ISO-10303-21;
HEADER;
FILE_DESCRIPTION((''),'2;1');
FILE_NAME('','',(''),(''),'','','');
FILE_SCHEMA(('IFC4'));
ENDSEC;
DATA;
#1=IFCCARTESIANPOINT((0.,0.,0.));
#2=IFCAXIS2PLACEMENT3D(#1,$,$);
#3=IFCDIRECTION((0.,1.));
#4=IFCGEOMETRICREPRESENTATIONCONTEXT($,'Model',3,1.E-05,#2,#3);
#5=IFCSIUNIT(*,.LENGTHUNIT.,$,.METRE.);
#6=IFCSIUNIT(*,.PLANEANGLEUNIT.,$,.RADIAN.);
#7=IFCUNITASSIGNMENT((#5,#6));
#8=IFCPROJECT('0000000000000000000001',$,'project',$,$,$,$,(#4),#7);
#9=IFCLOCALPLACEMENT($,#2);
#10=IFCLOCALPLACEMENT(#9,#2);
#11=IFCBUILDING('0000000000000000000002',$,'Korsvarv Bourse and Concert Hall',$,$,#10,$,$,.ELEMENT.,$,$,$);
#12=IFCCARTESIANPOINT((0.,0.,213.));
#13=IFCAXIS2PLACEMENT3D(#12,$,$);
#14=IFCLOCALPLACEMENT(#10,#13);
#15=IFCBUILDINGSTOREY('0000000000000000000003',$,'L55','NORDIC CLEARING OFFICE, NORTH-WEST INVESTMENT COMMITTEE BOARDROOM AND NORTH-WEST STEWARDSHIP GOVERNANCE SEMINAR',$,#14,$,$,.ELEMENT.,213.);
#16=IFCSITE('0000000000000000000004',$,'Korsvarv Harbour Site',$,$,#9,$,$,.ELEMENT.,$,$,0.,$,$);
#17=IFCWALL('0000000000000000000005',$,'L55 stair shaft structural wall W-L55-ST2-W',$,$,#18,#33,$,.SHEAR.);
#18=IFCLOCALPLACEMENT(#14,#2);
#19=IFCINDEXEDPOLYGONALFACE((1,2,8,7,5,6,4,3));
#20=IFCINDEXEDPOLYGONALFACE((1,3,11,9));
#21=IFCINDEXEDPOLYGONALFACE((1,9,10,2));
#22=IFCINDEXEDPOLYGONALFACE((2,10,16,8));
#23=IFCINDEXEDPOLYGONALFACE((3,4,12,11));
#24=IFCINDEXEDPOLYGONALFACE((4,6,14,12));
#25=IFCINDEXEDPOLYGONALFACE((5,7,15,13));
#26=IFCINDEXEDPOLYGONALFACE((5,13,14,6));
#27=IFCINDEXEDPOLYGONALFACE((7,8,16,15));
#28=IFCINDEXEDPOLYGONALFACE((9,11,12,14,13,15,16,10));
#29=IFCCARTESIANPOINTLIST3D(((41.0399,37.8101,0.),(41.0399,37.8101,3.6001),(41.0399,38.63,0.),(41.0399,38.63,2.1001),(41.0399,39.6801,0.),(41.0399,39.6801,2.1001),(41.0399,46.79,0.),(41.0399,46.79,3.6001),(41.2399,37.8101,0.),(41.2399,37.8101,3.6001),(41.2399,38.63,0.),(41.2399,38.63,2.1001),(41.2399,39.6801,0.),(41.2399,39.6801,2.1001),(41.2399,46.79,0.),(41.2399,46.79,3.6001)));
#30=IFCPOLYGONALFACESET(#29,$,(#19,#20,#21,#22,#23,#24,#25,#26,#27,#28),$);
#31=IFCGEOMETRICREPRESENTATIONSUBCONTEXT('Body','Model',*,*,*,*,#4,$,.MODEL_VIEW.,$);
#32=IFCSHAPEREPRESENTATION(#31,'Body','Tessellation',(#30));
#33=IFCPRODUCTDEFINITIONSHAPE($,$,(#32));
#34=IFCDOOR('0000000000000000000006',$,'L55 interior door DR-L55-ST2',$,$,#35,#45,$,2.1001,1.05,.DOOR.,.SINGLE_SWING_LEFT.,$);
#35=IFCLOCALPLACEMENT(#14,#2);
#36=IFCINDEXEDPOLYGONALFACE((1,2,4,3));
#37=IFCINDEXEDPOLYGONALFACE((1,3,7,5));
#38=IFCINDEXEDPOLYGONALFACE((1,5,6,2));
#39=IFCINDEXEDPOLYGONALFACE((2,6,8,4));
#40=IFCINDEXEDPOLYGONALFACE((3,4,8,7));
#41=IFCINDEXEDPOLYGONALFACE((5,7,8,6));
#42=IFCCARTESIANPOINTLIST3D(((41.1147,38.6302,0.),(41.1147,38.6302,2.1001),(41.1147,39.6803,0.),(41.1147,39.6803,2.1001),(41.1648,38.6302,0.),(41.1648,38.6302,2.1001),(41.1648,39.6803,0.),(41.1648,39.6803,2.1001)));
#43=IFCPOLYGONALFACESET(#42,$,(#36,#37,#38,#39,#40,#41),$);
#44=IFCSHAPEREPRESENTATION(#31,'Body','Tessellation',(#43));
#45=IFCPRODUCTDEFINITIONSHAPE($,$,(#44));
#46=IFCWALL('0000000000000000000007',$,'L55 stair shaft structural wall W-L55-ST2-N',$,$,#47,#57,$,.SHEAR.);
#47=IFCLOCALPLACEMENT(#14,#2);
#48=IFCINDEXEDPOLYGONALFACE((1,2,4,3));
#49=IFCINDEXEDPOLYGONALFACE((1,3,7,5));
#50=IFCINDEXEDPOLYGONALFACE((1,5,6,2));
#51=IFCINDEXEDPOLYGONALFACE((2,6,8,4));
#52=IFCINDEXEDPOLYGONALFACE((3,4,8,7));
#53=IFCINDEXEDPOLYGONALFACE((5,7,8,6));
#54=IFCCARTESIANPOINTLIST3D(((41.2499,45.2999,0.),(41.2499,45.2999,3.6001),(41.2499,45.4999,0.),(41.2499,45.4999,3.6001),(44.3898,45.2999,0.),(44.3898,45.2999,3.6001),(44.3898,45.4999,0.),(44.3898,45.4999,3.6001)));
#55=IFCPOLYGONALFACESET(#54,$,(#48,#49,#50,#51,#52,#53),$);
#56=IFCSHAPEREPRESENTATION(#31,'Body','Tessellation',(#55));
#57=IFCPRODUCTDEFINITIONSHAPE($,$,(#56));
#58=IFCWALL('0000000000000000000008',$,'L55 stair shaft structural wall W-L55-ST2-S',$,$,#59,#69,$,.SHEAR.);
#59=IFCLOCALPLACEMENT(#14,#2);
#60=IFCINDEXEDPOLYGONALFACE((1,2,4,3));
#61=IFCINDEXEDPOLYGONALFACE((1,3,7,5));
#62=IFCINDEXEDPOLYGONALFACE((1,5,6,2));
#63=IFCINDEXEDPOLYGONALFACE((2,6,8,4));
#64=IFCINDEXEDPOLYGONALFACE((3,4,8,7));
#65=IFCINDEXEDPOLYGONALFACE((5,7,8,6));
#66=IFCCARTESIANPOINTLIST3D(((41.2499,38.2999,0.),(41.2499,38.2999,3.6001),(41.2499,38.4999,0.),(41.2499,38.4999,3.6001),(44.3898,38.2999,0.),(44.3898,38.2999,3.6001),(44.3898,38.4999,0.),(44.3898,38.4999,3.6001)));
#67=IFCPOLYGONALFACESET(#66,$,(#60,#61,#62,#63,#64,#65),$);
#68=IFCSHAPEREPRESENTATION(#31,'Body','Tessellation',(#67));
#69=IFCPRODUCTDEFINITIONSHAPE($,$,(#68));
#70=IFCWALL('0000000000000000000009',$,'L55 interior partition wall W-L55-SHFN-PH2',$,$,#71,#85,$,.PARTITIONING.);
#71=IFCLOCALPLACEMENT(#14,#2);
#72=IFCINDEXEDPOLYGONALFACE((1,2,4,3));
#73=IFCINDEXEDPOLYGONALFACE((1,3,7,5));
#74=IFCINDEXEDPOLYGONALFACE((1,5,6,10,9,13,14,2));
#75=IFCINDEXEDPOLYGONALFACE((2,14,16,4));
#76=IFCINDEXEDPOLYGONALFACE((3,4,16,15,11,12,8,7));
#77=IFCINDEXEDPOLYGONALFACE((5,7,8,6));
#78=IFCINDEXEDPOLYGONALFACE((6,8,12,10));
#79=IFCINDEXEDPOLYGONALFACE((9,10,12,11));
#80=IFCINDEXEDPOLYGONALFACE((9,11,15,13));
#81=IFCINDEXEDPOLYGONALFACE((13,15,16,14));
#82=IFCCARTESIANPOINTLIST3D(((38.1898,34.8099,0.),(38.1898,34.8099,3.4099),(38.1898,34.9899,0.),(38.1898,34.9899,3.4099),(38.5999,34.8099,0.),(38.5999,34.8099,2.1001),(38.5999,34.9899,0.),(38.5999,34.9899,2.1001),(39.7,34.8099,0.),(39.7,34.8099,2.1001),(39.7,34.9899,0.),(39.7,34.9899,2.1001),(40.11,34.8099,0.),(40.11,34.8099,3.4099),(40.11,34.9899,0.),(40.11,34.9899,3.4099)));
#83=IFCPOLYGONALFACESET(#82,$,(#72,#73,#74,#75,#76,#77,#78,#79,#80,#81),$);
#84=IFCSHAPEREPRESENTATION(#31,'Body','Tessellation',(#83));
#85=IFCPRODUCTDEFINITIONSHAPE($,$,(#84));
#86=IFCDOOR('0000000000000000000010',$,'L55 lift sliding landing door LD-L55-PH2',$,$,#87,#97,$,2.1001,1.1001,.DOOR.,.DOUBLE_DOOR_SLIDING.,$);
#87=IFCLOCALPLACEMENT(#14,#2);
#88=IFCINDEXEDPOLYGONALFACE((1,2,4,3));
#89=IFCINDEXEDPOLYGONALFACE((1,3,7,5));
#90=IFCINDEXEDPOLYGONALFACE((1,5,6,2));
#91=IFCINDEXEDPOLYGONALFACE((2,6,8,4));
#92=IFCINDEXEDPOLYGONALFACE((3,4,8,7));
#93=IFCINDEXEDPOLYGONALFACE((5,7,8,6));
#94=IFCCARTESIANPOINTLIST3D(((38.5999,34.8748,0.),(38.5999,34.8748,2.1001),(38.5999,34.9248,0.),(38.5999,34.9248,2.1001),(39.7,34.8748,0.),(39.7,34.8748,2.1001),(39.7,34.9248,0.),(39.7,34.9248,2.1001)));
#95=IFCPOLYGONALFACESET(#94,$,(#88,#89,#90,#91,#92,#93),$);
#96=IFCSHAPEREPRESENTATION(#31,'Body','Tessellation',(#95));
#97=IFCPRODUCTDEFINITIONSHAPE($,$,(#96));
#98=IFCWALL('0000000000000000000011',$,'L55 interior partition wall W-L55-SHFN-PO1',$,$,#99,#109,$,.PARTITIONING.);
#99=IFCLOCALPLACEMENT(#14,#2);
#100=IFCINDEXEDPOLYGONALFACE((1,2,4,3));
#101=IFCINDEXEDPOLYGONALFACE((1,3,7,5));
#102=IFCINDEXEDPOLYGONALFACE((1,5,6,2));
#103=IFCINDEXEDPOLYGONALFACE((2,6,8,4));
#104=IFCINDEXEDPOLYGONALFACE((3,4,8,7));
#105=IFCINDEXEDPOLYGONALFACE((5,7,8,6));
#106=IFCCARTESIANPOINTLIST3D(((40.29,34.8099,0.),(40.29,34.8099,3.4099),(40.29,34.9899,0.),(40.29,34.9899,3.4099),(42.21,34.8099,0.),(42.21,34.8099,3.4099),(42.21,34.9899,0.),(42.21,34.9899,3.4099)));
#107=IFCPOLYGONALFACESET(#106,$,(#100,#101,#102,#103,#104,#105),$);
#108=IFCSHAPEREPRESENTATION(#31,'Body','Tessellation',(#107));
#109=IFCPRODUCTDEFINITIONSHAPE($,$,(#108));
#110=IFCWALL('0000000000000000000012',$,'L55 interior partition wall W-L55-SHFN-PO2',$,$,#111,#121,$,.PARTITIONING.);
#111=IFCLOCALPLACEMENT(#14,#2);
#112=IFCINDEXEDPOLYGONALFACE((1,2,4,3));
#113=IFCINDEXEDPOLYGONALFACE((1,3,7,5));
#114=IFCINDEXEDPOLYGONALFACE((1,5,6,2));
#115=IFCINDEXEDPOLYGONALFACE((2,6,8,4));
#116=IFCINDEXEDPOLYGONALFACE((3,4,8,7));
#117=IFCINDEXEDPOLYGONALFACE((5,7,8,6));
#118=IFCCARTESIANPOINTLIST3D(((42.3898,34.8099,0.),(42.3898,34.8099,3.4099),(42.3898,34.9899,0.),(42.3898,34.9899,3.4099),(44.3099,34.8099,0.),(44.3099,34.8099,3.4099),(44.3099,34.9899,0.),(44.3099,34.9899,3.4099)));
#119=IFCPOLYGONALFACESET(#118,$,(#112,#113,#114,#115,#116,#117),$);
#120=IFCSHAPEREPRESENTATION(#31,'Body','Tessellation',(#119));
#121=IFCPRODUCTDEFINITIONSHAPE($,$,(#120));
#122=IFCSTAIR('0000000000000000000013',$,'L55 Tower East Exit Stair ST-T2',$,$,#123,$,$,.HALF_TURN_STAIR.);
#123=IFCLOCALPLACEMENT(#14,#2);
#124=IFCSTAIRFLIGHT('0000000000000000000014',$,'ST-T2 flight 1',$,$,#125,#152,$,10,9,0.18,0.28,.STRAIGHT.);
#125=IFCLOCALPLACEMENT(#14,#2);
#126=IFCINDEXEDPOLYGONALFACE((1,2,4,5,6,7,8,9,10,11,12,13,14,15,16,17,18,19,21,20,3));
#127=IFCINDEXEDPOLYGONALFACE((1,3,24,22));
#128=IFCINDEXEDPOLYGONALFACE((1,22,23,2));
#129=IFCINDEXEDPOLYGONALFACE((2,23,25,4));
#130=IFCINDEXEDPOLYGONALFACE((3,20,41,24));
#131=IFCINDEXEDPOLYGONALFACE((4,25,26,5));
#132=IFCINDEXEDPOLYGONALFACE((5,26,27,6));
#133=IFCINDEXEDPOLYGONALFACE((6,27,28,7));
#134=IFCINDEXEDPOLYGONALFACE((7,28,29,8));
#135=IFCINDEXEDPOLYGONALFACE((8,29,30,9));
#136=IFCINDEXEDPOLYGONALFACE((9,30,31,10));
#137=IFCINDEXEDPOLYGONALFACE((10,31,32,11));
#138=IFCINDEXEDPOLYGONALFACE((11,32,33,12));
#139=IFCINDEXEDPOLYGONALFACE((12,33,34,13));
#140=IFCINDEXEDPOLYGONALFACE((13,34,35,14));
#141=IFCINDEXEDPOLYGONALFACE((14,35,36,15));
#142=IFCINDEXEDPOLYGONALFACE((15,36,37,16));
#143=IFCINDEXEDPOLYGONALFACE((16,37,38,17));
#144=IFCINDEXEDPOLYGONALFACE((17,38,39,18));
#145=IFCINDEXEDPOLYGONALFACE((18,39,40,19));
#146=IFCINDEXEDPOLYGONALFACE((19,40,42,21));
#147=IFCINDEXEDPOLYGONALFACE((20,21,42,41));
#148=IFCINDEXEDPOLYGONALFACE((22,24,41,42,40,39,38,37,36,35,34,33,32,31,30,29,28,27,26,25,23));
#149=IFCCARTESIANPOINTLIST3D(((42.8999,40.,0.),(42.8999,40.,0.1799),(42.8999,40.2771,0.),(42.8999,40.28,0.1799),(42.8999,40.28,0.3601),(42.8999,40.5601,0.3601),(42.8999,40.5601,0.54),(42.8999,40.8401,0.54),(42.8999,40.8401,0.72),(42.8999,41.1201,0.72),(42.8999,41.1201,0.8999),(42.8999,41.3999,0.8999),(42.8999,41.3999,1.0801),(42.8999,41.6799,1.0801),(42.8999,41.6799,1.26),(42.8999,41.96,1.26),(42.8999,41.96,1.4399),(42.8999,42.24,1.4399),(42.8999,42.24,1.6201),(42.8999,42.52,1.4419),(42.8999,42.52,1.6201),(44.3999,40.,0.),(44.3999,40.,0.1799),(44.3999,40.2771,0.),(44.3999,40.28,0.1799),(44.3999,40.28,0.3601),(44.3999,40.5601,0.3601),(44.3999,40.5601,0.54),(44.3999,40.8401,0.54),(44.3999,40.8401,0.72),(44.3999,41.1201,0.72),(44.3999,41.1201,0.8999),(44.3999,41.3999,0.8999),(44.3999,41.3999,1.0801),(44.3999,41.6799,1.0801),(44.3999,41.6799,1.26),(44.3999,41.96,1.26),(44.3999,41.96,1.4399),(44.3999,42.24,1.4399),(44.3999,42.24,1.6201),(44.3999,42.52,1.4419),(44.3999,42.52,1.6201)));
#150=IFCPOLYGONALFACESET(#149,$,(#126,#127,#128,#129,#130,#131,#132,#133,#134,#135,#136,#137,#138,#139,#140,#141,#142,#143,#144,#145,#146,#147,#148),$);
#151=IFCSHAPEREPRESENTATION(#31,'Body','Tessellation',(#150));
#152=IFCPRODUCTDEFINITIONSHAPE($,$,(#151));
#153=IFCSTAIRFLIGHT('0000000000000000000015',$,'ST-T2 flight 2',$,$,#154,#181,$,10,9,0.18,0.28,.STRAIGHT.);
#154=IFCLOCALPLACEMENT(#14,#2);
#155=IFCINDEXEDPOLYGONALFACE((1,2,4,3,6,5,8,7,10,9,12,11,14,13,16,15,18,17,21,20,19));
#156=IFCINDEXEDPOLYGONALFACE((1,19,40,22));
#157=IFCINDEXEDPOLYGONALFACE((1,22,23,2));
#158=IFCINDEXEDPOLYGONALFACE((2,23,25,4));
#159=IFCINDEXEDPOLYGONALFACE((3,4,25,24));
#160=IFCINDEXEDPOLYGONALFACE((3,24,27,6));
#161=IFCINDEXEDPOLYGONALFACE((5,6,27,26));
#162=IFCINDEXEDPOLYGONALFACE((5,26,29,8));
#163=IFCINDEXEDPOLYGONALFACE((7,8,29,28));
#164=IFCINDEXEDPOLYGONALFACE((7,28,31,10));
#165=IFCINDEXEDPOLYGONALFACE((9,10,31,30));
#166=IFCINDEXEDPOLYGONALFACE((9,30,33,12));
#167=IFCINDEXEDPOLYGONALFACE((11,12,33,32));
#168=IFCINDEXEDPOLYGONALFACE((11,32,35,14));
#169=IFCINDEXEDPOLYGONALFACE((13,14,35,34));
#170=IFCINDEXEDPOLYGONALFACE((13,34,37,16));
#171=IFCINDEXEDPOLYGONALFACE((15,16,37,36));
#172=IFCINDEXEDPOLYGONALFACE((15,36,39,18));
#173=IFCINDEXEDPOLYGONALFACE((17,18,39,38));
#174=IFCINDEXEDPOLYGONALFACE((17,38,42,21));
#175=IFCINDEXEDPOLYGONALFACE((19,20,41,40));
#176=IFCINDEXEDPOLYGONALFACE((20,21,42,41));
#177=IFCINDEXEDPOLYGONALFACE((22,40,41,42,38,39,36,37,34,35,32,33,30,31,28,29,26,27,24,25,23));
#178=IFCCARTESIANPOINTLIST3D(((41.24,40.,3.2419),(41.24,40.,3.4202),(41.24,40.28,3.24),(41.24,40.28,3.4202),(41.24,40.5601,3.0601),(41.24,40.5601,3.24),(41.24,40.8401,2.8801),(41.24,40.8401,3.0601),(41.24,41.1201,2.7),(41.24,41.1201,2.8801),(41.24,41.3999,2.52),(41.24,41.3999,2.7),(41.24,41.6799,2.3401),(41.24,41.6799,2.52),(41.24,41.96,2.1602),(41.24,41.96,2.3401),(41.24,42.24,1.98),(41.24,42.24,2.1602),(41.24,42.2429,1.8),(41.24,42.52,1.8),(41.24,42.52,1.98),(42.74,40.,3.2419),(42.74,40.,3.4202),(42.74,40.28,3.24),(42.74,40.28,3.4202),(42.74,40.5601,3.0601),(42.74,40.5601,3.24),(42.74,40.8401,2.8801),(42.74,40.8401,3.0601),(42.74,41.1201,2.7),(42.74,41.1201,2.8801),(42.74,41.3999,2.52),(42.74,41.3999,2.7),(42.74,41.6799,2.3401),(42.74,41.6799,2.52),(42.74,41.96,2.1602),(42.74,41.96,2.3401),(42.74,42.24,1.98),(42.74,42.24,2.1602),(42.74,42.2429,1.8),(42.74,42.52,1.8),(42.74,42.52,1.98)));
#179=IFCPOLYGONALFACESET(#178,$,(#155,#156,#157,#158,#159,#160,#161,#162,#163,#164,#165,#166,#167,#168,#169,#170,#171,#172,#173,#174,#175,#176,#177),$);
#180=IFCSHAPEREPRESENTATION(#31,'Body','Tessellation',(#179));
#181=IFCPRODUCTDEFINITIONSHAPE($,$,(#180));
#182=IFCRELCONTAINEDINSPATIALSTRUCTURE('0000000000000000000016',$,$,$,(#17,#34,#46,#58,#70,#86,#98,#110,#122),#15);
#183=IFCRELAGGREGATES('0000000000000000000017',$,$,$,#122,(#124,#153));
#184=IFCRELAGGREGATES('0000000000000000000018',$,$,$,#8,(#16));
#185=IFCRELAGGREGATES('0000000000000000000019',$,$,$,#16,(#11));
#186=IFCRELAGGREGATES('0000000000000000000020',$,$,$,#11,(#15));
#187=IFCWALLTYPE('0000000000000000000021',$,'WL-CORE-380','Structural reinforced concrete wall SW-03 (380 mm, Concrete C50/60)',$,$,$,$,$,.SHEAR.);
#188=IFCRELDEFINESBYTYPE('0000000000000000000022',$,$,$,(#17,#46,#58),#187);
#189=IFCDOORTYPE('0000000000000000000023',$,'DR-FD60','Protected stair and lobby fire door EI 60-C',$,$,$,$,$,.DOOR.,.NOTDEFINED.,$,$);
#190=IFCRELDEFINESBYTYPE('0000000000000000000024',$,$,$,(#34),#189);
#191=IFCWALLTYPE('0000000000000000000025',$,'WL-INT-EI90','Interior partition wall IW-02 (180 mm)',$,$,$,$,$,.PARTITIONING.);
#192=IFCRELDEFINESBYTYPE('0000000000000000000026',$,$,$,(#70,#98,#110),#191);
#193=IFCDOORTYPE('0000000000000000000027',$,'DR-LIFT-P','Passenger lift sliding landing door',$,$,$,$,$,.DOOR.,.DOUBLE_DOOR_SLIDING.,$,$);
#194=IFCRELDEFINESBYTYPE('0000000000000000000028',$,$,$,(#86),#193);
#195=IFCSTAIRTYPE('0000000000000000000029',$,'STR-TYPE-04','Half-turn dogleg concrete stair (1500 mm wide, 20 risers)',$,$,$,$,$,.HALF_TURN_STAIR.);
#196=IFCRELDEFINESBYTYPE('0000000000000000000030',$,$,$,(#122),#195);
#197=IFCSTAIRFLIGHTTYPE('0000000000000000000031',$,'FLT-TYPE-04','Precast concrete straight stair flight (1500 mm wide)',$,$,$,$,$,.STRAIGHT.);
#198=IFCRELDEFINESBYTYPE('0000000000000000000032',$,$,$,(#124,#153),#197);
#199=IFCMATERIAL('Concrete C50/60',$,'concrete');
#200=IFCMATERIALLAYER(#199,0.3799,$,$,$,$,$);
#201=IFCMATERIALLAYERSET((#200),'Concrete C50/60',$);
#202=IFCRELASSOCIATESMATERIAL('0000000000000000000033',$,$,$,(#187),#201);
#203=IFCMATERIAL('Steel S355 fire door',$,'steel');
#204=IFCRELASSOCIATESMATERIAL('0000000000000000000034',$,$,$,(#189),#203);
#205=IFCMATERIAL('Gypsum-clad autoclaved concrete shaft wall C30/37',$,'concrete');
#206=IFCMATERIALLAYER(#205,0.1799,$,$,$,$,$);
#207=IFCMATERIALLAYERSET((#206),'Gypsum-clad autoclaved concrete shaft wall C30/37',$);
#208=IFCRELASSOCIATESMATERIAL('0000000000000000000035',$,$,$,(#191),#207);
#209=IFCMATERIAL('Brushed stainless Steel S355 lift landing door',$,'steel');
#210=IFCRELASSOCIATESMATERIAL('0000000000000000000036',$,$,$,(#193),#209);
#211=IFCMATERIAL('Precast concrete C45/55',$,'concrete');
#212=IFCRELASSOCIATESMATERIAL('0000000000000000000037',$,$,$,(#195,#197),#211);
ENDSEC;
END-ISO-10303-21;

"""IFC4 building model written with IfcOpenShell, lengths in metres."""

from ifc_helpers import new_model, si_unit, direction, frame, frame_2d, origin, place, context, subcontext, project, spatial, polyline, rectangle, outline, extrude, material, layer, layer_set, type_object, element, fill, aggregate, save


model = new_model("IFC4")

# Units and contexts
model_context = context("Model", 3, precision=1e-05, world=origin(), true_north=direction((0.0, 1.0)))
body_context = subcontext(model_context, "Body", "Model", "MODEL_VIEW")
ifc_project = project(units=[si_unit("LENGTHUNIT", "METRE"), si_unit("PLANEANGLEUNIT", "RADIAN")], contexts=[model_context])

# Site, building, storey
site_placement = place(None, origin())
site = spatial("IfcSite", under=ifc_project, at=site_placement, Name="Korsvarv Harbour Site", CompositionType="ELEMENT", RefElevation=0.0)
building_placement = place(site_placement, origin())
building = spatial("IfcBuilding", under=site, at=building_placement, Name="Korsvarv Bourse and Concert Hall", CompositionType="ELEMENT")
storey_placement = place(building_placement, frame((0.0, 0.0, 213.0)))
storey = spatial("IfcBuildingStorey", under=building, at=storey_placement, Name="L55", Description="NORDIC CLEARING OFFICE, NORTH-WEST INVESTMENT COMMITTEE BOARDROOM AND NORTH-WEST STEWARDSHIP GOVERNANCE SEMINAR", CompositionType="ELEMENT", Elevation=213.0)

# Wall, opening, door
ifc_material_1 = material(Name="Concrete C50/60", Category="concrete")
ifc_layer_1 = layer(ifc_material_1, 0.3799)
ifc_layer_set_1 = layer_set([ifc_layer_1], Name="Concrete C50/60")
wall_type_1 = type_object("IfcWallType", Name="WL-CORE-380", Description="Structural reinforced concrete wall SW-03 (380 mm, Concrete C50/60)", PredefinedType="SHEAR", material=ifc_layer_set_1)
wall_1_placement = place(storey_placement, frame((41.1399, 37.8101, 0.0), z_axis=(0.0, 0.0, 1.0), x_axis=(0.0, 1.0, 0.0)))
wall_1 = element("IfcWall", 1, at=wall_1_placement, inside=storey, type_object=wall_type_1, Name="L55 stair shaft structural wall W-L55-ST2-W", PredefinedType="SHEAR", context=body_context, shape_type="SweptSolid", body=[
    extrude(rectangle(XDim=8.98, YDim=0.2, at=frame_2d((4.49, 0.0))), origin(), (0.0, 0.0, 1.0), 3.6001),
])
opening_1_placement = place(wall_1_placement, frame((0.8201, 0.0, 0.0)))
opening_1 = element("IfcOpeningElement", 2, at=opening_1_placement, cuts=wall_1, PredefinedType="OPENING", context=body_context, shape_type="SweptSolid", body=[
    extrude(rectangle(XDim=1.05, YDim=2.1001, at=frame_2d((0.5249, 1.05))), frame((0.0, 0.1099, 0.0), z_axis=(0.0, -1.0, 0.0), x_axis=(1.0, 0.0, 0.0)), (0.0, 0.0, 1.0), 0.22),
])
ifc_material_2 = material(Name="Steel S355 fire door", Category="steel")
door_type_1 = type_object("IfcDoorType", Name="DR-FD60", Description="Protected stair and lobby fire door EI 60-C", OperationType="NOTDEFINED", PredefinedType="DOOR", material=ifc_material_2)
door_1_placement = place(opening_1_placement, frame((1.05, 0.0, 0.0), z_axis=(0.0, 0.0, 1.0), x_axis=(-1.0, 0.0, 0.0)))
door_1 = element("IfcDoor", 3, at=door_1_placement, inside=storey, type_object=door_type_1, Name="L55 interior door DR-L55-ST2", OperationType="SINGLE_SWING_LEFT", OverallHeight=2.1001, OverallWidth=1.05, PredefinedType="DOOR", context=body_context, shape_type="SweptSolid", body=[
    extrude(rectangle(XDim=1.05, YDim=2.1001, at=frame_2d((0.5249, 1.05))), frame((0.0, 0.0249, 0.0), z_axis=(0.0, -1.0, 0.0), x_axis=(1.0, 0.0, 0.0)), (0.0, 0.0, 1.0), 0.05),
])
fill(opening_1, door_1)

# Walls
for number, where, z_axis, x_axis, name in (
    (4, (41.25, 45.3999, 0.0), (0.0, 0.0, 1.0), (1.0, 0.0, 0.0), "L55 stair shaft structural wall W-L55-ST2-N"),
    (5, (41.25, 38.3999, 0.0), (0.0, 0.0, 1.0), (1.0, 0.0, 0.0), "L55 stair shaft structural wall W-L55-ST2-S"),
):
    element("IfcWall", number, at=place(storey_placement, frame(where, z_axis=z_axis, x_axis=x_axis)), inside=storey, type_object=wall_type_1, Name=name, PredefinedType="SHEAR", context=body_context, shape_type="SweptSolid", body=[
        extrude(rectangle(XDim=3.1399, YDim=0.2, at=frame_2d((1.5698, 0.0))), origin(), (0.0, 0.0, 1.0), 3.6001),
    ])

# Wall, opening, door
ifc_material_3 = material(Name="Gypsum-clad autoclaved concrete shaft wall C30/37", Category="concrete")
ifc_layer_2 = layer(ifc_material_3, 0.1799)
ifc_layer_set_2 = layer_set([ifc_layer_2], Name="Gypsum-clad autoclaved concrete shaft wall C30/37")
wall_type_2 = type_object("IfcWallType", Name="WL-INT-EI90", Description="Interior partition wall IW-02 (180 mm)", PredefinedType="PARTITIONING", material=ifc_layer_set_2)
wall_2_placement = place(storey_placement, frame((38.1899, 34.8999, 0.0), z_axis=(0.0, 0.0, 1.0), x_axis=(1.0, 0.0, 0.0)))
wall_2 = element("IfcWall", 6, at=wall_2_placement, inside=storey, type_object=wall_type_2, Name="L55 interior partition wall W-L55-SHFN-PH2", PredefinedType="PARTITIONING", context=body_context, shape_type="SweptSolid", body=[
    extrude(rectangle(XDim=1.9202, YDim=0.1799, at=frame_2d((0.96, 0.0))), origin(), (0.0, 0.0, 1.0), 3.4099),
])
opening_2_placement = place(wall_2_placement, frame((0.4099, 0.0, 0.0)))
opening_2 = element("IfcOpeningElement", 7, at=opening_2_placement, cuts=wall_2, PredefinedType="OPENING", context=body_context, shape_type="SweptSolid", body=[
    extrude(rectangle(XDim=1.1001, YDim=2.1001, at=frame_2d((0.55, 1.05))), frame((0.0, 0.1001, 0.0), z_axis=(0.0, -1.0, 0.0), x_axis=(1.0, 0.0, 0.0)), (0.0, 0.0, 1.0), 0.2),
])
ifc_material_4 = material(Name="Brushed stainless Steel S355 lift landing door", Category="steel")
door_type_2 = type_object("IfcDoorType", Name="DR-LIFT-P", Description="Passenger lift sliding landing door", OperationType="DOUBLE_DOOR_SLIDING", PredefinedType="DOOR", material=ifc_material_4)
door_2_placement = place(opening_2_placement, origin())
door_2 = element("IfcDoor", 8, at=door_2_placement, inside=storey, type_object=door_type_2, Name="L55 lift sliding landing door LD-L55-PH2", OperationType="DOUBLE_DOOR_SLIDING", OverallHeight=2.1001, OverallWidth=1.1001, PredefinedType="DOOR", context=body_context, shape_type="SweptSolid", body=[
    extrude(rectangle(XDim=1.1001, YDim=2.1001, at=frame_2d((0.55, 1.05))), frame((0.0, 0.0249, 0.0), z_axis=(0.0, -1.0, 0.0), x_axis=(1.0, 0.0, 0.0)), (0.0, 0.0, 1.0), 0.05),
])
fill(opening_2, door_2)

# Walls
wall_3_placement = place(storey_placement, frame((40.29, 34.8999, 0.0), z_axis=(0.0, 0.0, 1.0), x_axis=(1.0, 0.0, 0.0)))
element("IfcWall", 9, at=wall_3_placement, inside=storey, type_object=wall_type_2, Name="L55 interior partition wall W-L55-SHFN-PO1", PredefinedType="PARTITIONING", context=body_context, shape_type="SweptSolid", body=[
    extrude(rectangle(XDim=1.9199, YDim=0.1799, at=frame_2d((0.96, 0.0))), origin(), (0.0, 0.0, 1.0), 3.4099),
])
wall_4_placement = place(storey_placement, frame((42.3899, 34.8999, 0.0), z_axis=(0.0, 0.0, 1.0), x_axis=(1.0, 0.0, 0.0)))
element("IfcWall", 10, at=wall_4_placement, inside=storey, type_object=wall_type_2, Name="L55 interior partition wall W-L55-SHFN-PO2", PredefinedType="PARTITIONING", context=body_context, shape_type="SweptSolid", body=[
    extrude(rectangle(XDim=1.9202, YDim=0.1799, at=frame_2d((0.96, 0.0))), origin(), (0.0, 0.0, 1.0), 3.4099),
])

# Stair, stair flights
ifc_material_5 = material(Name="Precast concrete C45/55", Category="concrete")
stair_type = type_object("IfcStairType", Name="STR-TYPE-04", Description="Half-turn dogleg concrete stair (1500 mm wide, 20 risers)", PredefinedType="HALF_TURN_STAIR", material=ifc_material_5)
stair_placement = place(storey_placement, origin())
stair = element("IfcStair", 11, at=stair_placement, inside=storey, type_object=stair_type, Name="L55 Tower East Exit Stair ST-T2", PredefinedType="HALF_TURN_STAIR")
stair_flight_type = type_object("IfcStairFlightType", Name="FLT-TYPE-04", Description="Precast concrete straight stair flight (1500 mm wide)", PredefinedType="STRAIGHT", material=ifc_material_5)
stair_flight_1_placement = place(storey_placement, frame((43.6499, 40.0, 0.0), z_axis=(0.0, 0.0, 1.0), x_axis=(0.0, 1.0, 0.0)))
stair_flight_1 = element("IfcStairFlight", 12, at=stair_flight_1_placement, type_object=stair_flight_type, Name="ST-T2 flight 1", NumberOfRisers=10, NumberOfTreads=9, PredefinedType="STRAIGHT", RiserHeight=0.18, TreadLength=0.28, context=body_context, shape_type="SweptSolid", body=[
    extrude(outline(polyline([(0.0, 0.0), (0.0, 0.1799), (0.28, 0.1799), (0.28, 0.3601), (0.5601, 0.3601), (0.5601, 0.54), (0.8401, 0.54), (0.8401, 0.72), (1.1201, 0.72), (1.1201, 0.8999), (1.3999, 0.8999), (1.3999, 1.0801), (1.6799, 1.0801), (1.6799, 1.26), (1.96, 1.26), (1.96, 1.4399), (2.24, 1.4399), (2.24, 1.6201), (2.52, 1.6201), (2.52, 1.8), (2.52, 1.4419), (0.2771, 0.0), (0.0, 0.0)])), frame((0.0, 0.75, 0.0), z_axis=(0.0, -1.0, 0.0), x_axis=(1.0, 0.0, 0.0)), (0.0, 0.0, 1.0), 1.5),
])
stair_flight_2_placement = place(storey_placement, frame((41.99, 42.52, 1.8), z_axis=(0.0, 0.0, 1.0), x_axis=(0.0, -1.0, 0.0)))
stair_flight_2 = element("IfcStairFlight", 13, at=stair_flight_2_placement, type_object=stair_flight_type, Name="ST-T2 flight 2", NumberOfRisers=10, NumberOfTreads=9, PredefinedType="STRAIGHT", RiserHeight=0.18, TreadLength=0.28, context=body_context, shape_type="SweptSolid", body=[
    extrude(outline(polyline([(0.0, 0.0), (0.0, 0.1799), (0.28, 0.1799), (0.28, 0.3601), (0.5601, 0.3601), (0.5601, 0.54), (0.8401, 0.54), (0.8401, 0.72), (1.1201, 0.72), (1.1201, 0.8999), (1.3999, 0.8999), (1.3999, 1.0801), (1.6799, 1.0801), (1.6799, 1.26), (1.96, 1.26), (1.96, 1.4399), (2.24, 1.4399), (2.24, 1.6201), (2.52, 1.6201), (2.52, 1.8), (2.52, 1.4419), (0.2771, 0.0), (0.0, 0.0)])), frame((0.0, 0.75, 0.0), z_axis=(0.0, -1.0, 0.0), x_axis=(1.0, 0.0, 0.0)), (0.0, 0.0, 1.0), 1.5),
])
aggregate(stair, [stair_flight_1, stair_flight_2])

save(model, "model.ifc")
